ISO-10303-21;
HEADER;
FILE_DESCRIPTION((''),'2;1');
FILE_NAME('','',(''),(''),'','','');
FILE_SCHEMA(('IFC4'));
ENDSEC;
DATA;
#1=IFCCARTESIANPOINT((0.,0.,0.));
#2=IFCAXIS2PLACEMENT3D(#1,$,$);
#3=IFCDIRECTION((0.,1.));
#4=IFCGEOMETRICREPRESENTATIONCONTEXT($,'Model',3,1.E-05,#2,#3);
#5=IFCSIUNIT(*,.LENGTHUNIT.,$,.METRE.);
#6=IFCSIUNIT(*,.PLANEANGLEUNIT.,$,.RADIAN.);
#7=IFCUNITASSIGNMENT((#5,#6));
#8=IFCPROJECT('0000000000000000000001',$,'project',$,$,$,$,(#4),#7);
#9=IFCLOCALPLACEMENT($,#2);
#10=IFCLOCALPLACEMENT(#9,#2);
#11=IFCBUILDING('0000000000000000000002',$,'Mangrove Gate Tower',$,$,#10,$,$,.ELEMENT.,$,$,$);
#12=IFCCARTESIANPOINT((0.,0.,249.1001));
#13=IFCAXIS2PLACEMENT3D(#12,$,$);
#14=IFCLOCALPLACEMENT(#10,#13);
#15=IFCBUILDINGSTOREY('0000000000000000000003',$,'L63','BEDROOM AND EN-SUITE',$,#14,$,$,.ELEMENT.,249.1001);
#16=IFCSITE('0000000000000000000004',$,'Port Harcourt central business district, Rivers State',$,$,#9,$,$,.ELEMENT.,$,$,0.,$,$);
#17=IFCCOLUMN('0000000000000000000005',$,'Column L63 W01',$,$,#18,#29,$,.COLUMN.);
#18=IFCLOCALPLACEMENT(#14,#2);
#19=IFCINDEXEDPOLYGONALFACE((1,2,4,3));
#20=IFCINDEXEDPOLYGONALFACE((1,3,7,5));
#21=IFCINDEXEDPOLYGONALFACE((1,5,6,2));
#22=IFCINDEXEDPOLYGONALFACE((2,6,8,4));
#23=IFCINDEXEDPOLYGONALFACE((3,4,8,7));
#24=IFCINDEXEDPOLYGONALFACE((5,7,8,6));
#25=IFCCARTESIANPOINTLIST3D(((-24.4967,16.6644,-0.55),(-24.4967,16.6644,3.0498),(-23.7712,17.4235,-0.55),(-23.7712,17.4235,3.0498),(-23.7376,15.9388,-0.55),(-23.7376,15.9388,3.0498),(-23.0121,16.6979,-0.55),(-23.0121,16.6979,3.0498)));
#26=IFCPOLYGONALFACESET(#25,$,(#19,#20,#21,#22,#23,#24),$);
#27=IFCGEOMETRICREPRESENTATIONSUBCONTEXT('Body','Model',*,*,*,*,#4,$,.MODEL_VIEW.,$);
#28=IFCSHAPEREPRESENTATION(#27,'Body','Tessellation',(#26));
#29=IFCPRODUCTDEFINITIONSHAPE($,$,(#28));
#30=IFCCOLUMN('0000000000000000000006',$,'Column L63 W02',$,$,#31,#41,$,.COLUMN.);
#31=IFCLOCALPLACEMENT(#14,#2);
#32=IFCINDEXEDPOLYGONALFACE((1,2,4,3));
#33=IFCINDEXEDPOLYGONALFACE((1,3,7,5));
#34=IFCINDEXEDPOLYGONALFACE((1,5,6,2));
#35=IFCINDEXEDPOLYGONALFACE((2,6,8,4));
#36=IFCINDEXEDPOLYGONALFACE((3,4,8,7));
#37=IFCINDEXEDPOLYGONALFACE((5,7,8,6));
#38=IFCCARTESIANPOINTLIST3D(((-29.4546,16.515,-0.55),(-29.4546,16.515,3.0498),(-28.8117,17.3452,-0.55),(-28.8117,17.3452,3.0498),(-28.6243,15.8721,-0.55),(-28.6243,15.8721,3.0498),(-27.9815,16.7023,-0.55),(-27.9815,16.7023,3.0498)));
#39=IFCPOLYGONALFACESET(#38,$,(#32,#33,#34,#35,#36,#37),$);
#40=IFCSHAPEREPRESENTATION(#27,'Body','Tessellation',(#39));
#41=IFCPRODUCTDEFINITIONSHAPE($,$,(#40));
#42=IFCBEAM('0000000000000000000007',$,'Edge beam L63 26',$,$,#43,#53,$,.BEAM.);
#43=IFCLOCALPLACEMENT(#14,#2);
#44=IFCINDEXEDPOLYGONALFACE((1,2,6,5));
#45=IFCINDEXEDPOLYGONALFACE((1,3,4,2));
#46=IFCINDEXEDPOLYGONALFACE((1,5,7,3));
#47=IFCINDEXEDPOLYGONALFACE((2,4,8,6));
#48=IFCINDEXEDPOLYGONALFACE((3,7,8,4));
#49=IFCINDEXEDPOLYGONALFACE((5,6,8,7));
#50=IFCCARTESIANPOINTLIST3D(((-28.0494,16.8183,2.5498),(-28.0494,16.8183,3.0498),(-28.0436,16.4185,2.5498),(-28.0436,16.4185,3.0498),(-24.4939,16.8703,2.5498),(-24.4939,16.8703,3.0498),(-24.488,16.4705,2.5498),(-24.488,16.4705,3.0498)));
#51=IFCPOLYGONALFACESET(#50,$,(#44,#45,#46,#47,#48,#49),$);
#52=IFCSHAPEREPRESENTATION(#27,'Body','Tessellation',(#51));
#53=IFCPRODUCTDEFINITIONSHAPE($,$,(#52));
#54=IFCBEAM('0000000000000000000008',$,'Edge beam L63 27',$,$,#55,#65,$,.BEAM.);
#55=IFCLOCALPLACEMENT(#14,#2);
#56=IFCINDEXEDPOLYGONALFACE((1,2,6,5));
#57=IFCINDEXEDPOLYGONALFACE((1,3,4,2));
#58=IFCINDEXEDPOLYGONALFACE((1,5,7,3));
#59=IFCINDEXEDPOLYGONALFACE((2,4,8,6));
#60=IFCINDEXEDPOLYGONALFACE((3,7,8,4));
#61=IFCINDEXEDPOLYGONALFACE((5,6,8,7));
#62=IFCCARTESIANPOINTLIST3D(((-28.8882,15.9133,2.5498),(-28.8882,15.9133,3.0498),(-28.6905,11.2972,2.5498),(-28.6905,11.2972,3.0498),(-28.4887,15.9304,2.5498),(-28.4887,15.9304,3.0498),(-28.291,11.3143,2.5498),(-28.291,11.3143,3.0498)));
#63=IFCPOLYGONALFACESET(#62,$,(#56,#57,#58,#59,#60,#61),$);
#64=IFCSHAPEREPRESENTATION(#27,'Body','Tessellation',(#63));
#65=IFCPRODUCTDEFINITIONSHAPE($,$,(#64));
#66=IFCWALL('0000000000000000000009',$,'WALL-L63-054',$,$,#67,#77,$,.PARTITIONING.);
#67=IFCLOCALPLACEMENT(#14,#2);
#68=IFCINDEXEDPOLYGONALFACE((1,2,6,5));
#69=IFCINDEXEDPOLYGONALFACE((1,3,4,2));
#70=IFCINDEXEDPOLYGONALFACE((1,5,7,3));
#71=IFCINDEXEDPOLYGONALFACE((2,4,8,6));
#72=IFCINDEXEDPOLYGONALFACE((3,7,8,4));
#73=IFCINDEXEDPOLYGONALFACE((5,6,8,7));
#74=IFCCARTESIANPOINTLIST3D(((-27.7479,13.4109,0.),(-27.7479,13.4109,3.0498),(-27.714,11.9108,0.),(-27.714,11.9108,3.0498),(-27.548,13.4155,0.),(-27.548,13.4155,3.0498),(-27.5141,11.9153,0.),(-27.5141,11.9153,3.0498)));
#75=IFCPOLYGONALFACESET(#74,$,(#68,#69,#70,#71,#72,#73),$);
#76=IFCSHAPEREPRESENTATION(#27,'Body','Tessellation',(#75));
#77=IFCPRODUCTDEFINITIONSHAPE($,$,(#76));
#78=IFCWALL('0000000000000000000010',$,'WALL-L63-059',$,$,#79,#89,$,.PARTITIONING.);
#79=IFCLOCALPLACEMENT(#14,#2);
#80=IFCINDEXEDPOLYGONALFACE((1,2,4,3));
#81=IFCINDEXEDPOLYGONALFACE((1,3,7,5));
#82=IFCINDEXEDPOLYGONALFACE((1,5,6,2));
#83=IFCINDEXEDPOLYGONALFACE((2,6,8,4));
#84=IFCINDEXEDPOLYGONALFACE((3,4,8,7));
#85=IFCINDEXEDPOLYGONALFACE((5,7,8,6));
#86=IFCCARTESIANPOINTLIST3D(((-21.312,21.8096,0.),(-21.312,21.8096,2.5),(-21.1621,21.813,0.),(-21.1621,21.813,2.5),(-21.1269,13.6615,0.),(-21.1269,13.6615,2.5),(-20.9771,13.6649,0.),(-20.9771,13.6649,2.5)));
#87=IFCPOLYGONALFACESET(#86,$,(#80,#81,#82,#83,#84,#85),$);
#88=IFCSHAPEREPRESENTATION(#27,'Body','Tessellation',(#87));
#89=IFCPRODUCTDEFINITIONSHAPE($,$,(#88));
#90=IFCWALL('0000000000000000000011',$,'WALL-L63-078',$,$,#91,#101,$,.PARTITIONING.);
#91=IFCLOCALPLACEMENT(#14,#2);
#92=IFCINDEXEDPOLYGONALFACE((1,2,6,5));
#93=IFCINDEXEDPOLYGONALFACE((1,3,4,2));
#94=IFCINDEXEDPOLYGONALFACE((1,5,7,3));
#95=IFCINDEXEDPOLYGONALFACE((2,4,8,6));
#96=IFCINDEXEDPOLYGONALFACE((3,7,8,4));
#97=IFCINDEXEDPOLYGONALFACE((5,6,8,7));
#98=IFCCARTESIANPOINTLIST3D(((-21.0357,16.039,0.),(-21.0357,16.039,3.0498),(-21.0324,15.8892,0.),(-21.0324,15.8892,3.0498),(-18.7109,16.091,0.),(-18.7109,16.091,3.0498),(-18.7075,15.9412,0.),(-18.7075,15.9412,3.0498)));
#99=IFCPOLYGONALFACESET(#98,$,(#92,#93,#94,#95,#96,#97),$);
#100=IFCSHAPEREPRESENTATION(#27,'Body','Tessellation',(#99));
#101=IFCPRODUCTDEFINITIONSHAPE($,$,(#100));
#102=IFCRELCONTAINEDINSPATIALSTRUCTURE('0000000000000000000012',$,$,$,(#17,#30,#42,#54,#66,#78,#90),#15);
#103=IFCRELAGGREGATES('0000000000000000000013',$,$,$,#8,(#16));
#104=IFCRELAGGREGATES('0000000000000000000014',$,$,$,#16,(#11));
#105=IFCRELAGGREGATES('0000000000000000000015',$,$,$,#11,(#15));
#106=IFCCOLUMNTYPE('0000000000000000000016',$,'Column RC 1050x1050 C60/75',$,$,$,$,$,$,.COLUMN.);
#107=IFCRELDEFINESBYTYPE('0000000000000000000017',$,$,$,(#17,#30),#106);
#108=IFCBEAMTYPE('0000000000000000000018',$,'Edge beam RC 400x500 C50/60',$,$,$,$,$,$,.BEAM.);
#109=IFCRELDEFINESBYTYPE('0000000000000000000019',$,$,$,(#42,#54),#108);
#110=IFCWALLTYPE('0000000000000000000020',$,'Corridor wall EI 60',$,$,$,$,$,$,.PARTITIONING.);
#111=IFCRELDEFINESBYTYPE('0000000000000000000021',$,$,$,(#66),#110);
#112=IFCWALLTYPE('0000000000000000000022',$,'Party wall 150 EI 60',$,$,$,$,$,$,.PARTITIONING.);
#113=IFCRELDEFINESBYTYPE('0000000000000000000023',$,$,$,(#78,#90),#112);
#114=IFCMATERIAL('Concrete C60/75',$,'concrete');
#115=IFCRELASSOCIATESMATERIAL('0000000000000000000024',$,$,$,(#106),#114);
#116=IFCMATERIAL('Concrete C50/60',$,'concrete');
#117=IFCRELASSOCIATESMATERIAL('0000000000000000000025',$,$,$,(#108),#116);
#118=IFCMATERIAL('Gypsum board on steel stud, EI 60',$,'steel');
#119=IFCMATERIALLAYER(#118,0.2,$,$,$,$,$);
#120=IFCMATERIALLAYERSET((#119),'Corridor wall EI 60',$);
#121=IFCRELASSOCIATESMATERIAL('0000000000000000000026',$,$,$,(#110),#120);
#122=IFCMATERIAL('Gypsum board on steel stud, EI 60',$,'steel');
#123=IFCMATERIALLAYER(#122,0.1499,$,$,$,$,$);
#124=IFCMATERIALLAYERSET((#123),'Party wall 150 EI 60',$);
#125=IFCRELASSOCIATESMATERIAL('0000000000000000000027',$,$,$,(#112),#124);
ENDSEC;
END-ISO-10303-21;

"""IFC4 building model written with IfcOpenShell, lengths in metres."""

from ifc_helpers import new_model, si_unit, direction, frame, frame_2d, origin, origin_2d, place, context, subcontext, project, spatial, rectangle, extrude, material, layer, layer_set, material_profile, profile_set, type_object, element, save


model = new_model("IFC4")

# Units and contexts
model_context = context("Model", 3, precision=1e-05, world=origin(), true_north=direction((0.0, 1.0)))
body_context = subcontext(model_context, "Body", "Model", "MODEL_VIEW")
ifc_project = project(units=[si_unit("LENGTHUNIT", "METRE"), si_unit("PLANEANGLEUNIT", "RADIAN")], contexts=[model_context])

# Site, building, storey
site_placement = place(None, origin())
site = spatial("IfcSite", under=ifc_project, at=site_placement, Name="Port Harcourt central business district, Rivers State", CompositionType="ELEMENT", RefElevation=0.0)
building_placement = place(site_placement, origin())
building = spatial("IfcBuilding", under=site, at=building_placement, Name="Mangrove Gate Tower", CompositionType="ELEMENT")
storey_placement = place(building_placement, frame((0.0, 0.0, 249.1001)))
storey = spatial("IfcBuildingStorey", under=building, at=storey_placement, Name="L63", Description="BEDROOM AND EN-SUITE", CompositionType="ELEMENT", Elevation=249.1001)

# Columns
ifc_material_1 = material(Name="Concrete C60/75", Category="concrete")
ifc_material_profile_1 = material_profile(ifc_material_1, rectangle(XDim=1.05, YDim=1.05, at=origin_2d()))
ifc_profile_set_1 = profile_set([ifc_material_profile_1], Name="Concrete C60/75")
column_type = type_object("IfcColumnType", Name="Column RC 1050x1050 C60/75", PredefinedType="COLUMN", material=ifc_profile_set_1)
for number, where, z_axis, x_axis, name in (
    (1, (-23.7544, 16.6812, -0.55), (0.0, 0.0, 1.0), (-0.690946, -0.722906, 0.0), "Column L63 W01"),
    (2, (-28.718, 16.6086, -0.55), (0.0, 0.0, 1.0), (-0.612247, -0.790667, 0.0), "Column L63 W02"),
):
    element("IfcColumn", number, at=place(storey_placement, frame(where, z_axis=z_axis, x_axis=x_axis)), inside=storey, type_object=column_type, Name=name, PredefinedType="COLUMN", context=body_context, shape_type="SweptSolid", body=[
        extrude(rectangle(XDim=1.05, YDim=1.05, at=origin_2d()), origin(), (0.0, 0.0, 1.0), 3.5999),
    ])

# Beams
ifc_material_2 = material(Name="Concrete C50/60", Category="concrete")
ifc_material_profile_2 = material_profile(ifc_material_2, rectangle(XDim=0.3999, YDim=0.5, at=origin_2d()))
ifc_profile_set_2 = profile_set([ifc_material_profile_2], Name="Concrete C50/60")
beam_type = type_object("IfcBeamType", Name="Edge beam RC 400x500 C50/60", PredefinedType="BEAM", material=ifc_profile_set_2)
beam_1_placement = place(storey_placement, frame((-24.491, 16.6704, 2.7998), z_axis=(-0.999893, -0.014625, 0.0), x_axis=(0.014625, -0.999893, 0.0)))
element("IfcBeam", 3, at=beam_1_placement, inside=storey, type_object=beam_type, Name="Edge beam L63 26", PredefinedType="BEAM", context=body_context, shape_type="SweptSolid", body=[
    extrude(rectangle(XDim=0.3999, YDim=0.5, at=origin_2d()), origin(), (0.0, 0.0, 1.0), 3.5559),
])
beam_2_placement = place(storey_placement, frame((-28.6885, 15.9219, 2.7998), z_axis=(0.0428, -0.999084, 0.0), x_axis=(0.999084, 0.0428, 0.0)))
element("IfcBeam", 4, at=beam_2_placement, inside=storey, type_object=beam_type, Name="Edge beam L63 27", PredefinedType="BEAM", context=body_context, shape_type="SweptSolid", body=[
    extrude(rectangle(XDim=0.3999, YDim=0.5, at=origin_2d()), origin(), (0.0, 0.0, 1.0), 4.6204),
])

# Wall
ifc_material_3 = material(Name="Gypsum board on steel stud, EI 60", Category="steel")
ifc_layer_1 = layer(ifc_material_3, 0.2)
ifc_layer_set_1 = layer_set([ifc_layer_1], Name="Corridor wall EI 60")
wall_type_1 = type_object("IfcWallType", Name="Corridor wall EI 60", PredefinedType="PARTITIONING", material=ifc_layer_set_1)
wall_1_placement = place(storey_placement, frame((-27.614, 11.9131, 0.0), z_axis=(0.0, 0.0, 1.0), x_axis=(-0.022618, 0.999744, 0.0)))
element("IfcWall", 5, at=wall_1_placement, inside=storey, type_object=wall_type_1, Name="WALL-L63-054", PredefinedType="PARTITIONING", context=body_context, shape_type="SweptSolid", body=[
    extrude(rectangle(XDim=1.5005, YDim=0.2, at=frame_2d((0.7502, 0.0))), origin(), (0.0, 0.0, 1.0), 3.0498),
])

# Walls
ifc_material_4 = material(Name="Gypsum board on steel stud, EI 60", Category="steel")
ifc_layer_2 = layer(ifc_material_4, 0.1499)
ifc_layer_set_2 = layer_set([ifc_layer_2], Name="Party wall 150 EI 60")
wall_type_2 = type_object("IfcWallType", Name="Party wall 150 EI 60", PredefinedType="PARTITIONING", material=ifc_layer_set_2)
wall_2_placement = place(storey_placement, frame((-21.052, 13.6631, 0.0), z_axis=(0.0, 0.0, 1.0), x_axis=(-0.022706, 0.999742, 0.0)))
element("IfcWall", 6, at=wall_2_placement, inside=storey, type_object=wall_type_2, Name="WALL-L63-059", PredefinedType="PARTITIONING", context=body_context, shape_type="SweptSolid", body=[
    extrude(rectangle(XDim=8.1501, YDim=0.1499, at=frame_2d((4.0752, 0.0))), origin(), (0.0, 0.0, 1.0), 2.5),
])
wall_3_placement = place(storey_placement, frame((-21.0339, 15.9641, 0.0), z_axis=(0.0, 0.0, 1.0), x_axis=(0.99975, 0.022361, 0.0)))
element("IfcWall", 7, at=wall_3_placement, inside=storey, type_object=wall_type_2, Name="WALL-L63-078", PredefinedType="PARTITIONING", context=body_context, shape_type="SweptSolid", body=[
    extrude(rectangle(XDim=2.3254, YDim=0.1499, at=frame_2d((1.1626, 0.0))), origin(), (0.0, 0.0, 1.0), 3.0498),
])

save(model, "model.ifc")
